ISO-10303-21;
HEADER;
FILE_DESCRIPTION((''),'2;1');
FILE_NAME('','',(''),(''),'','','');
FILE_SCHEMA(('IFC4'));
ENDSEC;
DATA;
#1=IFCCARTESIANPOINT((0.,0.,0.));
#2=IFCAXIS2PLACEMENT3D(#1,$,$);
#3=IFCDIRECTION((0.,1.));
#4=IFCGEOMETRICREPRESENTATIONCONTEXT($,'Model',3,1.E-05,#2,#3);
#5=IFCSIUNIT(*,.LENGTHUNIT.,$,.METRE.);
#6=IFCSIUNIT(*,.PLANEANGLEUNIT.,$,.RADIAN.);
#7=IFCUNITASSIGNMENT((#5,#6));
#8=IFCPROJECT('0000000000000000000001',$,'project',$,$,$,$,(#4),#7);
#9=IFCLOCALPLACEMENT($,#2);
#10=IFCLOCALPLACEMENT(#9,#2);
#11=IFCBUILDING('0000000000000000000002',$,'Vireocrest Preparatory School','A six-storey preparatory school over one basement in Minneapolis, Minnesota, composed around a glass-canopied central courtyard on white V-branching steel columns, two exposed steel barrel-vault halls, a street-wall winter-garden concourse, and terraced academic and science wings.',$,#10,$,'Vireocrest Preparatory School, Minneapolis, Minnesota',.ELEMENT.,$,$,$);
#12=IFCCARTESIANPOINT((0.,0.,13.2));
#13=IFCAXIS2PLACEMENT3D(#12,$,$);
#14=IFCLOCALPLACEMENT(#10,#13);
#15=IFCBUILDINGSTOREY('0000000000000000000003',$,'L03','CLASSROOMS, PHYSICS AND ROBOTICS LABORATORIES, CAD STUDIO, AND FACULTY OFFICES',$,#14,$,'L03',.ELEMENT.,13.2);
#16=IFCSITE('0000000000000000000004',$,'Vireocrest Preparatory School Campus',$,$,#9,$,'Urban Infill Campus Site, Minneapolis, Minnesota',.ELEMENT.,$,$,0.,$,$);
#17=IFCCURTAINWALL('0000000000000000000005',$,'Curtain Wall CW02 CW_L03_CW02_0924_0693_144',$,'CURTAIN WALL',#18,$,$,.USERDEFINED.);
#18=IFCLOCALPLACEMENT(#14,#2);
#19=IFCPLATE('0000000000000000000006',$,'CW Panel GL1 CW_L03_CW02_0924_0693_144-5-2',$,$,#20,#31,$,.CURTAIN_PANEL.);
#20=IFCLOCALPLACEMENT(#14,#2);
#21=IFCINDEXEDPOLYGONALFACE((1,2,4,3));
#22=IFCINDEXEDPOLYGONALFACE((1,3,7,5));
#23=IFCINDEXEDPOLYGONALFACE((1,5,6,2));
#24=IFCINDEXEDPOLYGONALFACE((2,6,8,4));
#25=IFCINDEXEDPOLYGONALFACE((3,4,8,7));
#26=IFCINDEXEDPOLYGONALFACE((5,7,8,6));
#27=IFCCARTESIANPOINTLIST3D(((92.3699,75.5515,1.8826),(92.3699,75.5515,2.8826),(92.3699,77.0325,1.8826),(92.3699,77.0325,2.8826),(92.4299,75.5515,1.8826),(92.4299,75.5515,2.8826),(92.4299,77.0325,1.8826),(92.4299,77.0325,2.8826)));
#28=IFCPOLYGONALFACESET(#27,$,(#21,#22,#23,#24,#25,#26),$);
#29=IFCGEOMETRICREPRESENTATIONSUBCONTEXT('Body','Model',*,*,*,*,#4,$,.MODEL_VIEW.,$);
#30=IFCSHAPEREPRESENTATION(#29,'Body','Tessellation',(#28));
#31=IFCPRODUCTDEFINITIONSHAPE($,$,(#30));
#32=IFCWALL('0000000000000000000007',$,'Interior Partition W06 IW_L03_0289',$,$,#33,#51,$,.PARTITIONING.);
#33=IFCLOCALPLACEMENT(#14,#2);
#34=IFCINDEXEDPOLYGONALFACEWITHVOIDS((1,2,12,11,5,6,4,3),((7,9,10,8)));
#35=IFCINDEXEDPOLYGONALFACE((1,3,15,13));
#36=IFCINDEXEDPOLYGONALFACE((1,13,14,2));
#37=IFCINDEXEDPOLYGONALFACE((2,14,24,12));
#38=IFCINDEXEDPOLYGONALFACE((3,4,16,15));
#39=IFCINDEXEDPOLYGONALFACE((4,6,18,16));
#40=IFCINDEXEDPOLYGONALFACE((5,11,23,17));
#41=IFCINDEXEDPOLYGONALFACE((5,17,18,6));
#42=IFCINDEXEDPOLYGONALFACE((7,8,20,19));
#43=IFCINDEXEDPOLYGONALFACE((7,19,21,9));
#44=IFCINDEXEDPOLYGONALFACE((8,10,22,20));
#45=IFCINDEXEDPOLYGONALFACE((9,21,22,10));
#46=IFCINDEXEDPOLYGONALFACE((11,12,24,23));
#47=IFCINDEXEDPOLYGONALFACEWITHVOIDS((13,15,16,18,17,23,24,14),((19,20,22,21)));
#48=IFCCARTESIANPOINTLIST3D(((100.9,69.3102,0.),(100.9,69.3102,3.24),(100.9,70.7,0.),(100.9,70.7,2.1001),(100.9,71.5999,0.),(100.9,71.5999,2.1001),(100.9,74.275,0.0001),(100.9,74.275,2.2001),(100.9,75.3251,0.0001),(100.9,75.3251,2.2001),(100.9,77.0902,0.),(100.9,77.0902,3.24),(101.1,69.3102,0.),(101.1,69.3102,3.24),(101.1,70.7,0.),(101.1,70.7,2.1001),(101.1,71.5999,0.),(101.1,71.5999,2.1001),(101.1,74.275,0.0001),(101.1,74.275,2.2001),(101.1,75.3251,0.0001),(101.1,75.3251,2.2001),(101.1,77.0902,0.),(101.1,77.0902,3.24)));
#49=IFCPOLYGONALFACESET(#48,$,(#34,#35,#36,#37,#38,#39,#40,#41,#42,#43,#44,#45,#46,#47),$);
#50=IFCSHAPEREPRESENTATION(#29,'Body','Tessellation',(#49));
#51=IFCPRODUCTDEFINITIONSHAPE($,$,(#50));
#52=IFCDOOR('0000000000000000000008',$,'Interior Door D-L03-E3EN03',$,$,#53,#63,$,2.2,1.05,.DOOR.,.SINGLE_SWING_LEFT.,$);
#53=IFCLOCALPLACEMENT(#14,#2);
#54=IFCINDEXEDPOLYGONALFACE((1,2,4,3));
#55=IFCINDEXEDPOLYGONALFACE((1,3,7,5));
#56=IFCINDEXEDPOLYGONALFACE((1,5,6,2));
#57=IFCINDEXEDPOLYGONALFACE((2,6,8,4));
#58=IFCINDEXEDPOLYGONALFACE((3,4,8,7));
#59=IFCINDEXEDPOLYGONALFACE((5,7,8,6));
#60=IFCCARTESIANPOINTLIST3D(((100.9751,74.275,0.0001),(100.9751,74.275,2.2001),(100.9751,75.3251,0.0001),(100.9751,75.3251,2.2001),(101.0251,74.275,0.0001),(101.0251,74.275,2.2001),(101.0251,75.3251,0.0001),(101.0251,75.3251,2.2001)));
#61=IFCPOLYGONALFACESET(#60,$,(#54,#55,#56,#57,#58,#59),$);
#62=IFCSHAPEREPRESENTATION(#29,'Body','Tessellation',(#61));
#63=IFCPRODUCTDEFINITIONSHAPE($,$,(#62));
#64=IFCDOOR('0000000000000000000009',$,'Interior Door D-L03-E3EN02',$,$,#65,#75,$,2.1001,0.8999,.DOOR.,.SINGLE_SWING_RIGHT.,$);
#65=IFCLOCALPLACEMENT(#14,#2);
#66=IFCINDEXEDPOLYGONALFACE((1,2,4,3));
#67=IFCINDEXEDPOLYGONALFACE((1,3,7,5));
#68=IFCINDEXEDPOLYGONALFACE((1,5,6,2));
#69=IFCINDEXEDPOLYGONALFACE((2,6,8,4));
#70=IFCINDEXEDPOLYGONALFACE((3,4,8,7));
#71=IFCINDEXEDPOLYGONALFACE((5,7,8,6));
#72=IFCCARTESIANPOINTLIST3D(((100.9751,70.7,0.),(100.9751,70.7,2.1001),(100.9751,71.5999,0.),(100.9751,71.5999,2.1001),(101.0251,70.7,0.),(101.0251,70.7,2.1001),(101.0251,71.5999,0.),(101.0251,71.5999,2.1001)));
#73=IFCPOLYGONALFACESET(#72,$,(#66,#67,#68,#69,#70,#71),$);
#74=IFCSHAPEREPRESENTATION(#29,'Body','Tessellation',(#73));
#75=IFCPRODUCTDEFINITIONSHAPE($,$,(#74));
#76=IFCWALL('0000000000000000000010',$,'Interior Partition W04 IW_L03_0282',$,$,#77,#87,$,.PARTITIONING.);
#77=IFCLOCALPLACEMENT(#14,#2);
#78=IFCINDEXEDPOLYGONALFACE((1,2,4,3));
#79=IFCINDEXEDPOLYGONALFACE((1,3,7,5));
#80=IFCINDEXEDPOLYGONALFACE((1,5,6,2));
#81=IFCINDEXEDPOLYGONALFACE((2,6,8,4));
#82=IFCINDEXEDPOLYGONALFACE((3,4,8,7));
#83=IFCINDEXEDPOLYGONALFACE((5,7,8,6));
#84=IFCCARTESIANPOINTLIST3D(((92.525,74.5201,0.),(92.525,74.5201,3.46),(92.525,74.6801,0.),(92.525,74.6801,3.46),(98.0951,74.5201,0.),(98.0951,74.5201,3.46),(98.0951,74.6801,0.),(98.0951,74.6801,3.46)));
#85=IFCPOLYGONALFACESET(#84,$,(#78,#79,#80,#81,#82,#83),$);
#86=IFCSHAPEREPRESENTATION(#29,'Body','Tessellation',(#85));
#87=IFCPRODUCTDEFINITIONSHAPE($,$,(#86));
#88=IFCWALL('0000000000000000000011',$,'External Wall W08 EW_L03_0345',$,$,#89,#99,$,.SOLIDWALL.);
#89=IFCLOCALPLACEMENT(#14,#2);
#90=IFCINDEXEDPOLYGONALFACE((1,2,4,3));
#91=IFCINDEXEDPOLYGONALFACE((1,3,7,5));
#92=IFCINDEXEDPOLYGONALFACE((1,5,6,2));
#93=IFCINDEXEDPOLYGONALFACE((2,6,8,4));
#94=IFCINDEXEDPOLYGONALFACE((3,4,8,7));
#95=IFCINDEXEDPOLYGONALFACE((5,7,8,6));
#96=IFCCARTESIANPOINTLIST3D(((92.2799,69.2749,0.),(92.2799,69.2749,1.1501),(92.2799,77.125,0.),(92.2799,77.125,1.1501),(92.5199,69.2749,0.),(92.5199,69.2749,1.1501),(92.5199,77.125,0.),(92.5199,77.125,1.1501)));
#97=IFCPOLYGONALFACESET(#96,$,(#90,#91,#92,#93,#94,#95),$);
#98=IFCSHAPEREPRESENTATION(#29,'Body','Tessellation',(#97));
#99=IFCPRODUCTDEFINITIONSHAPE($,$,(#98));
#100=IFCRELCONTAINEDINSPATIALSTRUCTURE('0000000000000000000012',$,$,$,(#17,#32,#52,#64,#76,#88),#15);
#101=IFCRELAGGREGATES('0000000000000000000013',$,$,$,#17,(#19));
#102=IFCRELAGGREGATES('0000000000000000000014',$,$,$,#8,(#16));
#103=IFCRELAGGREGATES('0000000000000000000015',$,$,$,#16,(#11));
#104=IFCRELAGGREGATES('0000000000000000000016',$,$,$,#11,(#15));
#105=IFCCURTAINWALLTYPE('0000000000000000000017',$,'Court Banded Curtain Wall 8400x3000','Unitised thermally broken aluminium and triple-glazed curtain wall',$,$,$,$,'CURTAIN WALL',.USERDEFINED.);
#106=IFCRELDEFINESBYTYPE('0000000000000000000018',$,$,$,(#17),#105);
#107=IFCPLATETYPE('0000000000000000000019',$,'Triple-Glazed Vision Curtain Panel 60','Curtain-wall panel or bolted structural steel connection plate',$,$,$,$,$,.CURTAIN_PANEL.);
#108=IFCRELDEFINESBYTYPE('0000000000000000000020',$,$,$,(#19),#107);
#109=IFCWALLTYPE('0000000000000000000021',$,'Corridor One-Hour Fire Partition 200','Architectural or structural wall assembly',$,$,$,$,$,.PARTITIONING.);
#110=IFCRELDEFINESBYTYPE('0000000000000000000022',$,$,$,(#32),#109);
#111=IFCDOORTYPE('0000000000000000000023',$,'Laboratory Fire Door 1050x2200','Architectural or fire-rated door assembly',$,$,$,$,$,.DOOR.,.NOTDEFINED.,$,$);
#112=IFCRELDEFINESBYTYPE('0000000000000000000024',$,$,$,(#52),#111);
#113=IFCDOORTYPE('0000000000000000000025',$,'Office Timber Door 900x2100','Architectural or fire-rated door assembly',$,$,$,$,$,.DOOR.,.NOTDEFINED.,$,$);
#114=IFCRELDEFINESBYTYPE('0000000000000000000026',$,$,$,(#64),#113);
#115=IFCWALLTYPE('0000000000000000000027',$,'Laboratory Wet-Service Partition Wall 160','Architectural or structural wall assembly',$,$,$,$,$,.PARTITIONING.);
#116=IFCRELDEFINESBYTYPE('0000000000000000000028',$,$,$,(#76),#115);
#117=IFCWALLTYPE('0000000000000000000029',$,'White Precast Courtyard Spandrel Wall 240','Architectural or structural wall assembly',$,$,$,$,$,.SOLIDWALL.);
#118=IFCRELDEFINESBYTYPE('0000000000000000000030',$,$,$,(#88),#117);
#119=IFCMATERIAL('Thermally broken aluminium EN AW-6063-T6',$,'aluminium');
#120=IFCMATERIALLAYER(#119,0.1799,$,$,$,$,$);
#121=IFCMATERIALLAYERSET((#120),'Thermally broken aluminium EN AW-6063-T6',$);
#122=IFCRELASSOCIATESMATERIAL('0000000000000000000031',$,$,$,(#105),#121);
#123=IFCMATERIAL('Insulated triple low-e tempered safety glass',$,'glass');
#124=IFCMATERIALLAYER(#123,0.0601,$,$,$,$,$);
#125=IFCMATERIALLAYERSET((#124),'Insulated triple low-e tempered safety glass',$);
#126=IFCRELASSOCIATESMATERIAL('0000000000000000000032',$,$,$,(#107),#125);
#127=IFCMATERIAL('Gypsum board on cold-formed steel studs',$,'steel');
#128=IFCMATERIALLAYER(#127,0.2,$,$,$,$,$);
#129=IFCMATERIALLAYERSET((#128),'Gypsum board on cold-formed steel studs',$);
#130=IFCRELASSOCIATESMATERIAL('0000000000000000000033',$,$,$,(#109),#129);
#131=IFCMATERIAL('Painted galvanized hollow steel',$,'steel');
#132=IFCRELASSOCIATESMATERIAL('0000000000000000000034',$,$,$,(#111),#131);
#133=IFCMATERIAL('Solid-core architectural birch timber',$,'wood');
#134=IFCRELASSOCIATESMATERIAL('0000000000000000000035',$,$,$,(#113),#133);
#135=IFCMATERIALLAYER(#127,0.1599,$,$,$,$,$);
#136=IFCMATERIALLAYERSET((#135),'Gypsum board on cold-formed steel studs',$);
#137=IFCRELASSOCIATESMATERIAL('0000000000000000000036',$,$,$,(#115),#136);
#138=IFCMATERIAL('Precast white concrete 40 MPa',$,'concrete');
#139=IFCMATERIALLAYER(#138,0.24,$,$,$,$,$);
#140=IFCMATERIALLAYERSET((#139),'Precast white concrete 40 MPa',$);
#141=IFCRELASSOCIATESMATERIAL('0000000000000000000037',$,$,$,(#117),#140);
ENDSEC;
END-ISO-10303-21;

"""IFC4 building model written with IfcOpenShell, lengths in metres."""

from ifc_helpers import new_model, si_unit, direction, frame, frame_2d, origin, origin_2d, place, context, subcontext, project, spatial, rectangle, extrude, material, layer, layer_set, type_object, element, fill, aggregate, save


model = new_model("IFC4")

# Units and contexts
model_context = context("Model", 3, precision=1e-05, world=origin(), true_north=direction((0.0, 1.0)))
body_context = subcontext(model_context, "Body", "Model", "MODEL_VIEW")
ifc_project = project(units=[si_unit("LENGTHUNIT", "METRE"), si_unit("PLANEANGLEUNIT", "RADIAN")], contexts=[model_context])

# Site, building, storey
site_placement = place(None, origin())
site = spatial("IfcSite", under=ifc_project, at=site_placement, Name="Vireocrest Preparatory School Campus", LongName="Urban Infill Campus Site, Minneapolis, Minnesota", CompositionType="ELEMENT", RefElevation=0.0)
building_placement = place(site_placement, origin())
building = spatial("IfcBuilding", under=site, at=building_placement, Name="Vireocrest Preparatory School", Description="A six-storey preparatory school over one basement in Minneapolis, Minnesota, composed around a glass-canopied central courtyard on white V-branching steel columns, two exposed steel barrel-vault halls, a street-wall winter-garden concourse, and terraced academic and science wings.", LongName="Vireocrest Preparatory School, Minneapolis, Minnesota", CompositionType="ELEMENT")
storey_placement = place(building_placement, frame((0.0, 0.0, 13.2)))
storey = spatial("IfcBuildingStorey", under=building, at=storey_placement, Name="L03", Description="CLASSROOMS, PHYSICS AND ROBOTICS LABORATORIES, CAD STUDIO, AND FACULTY OFFICES", LongName="L03", CompositionType="ELEMENT", Elevation=13.2)

# Curtain wall
ifc_material_1 = material(Name="Thermally broken aluminium EN AW-6063-T6", Category="aluminium")
ifc_layer_1 = layer(ifc_material_1, 0.1799)
ifc_layer_set_1 = layer_set([ifc_layer_1], Name="Thermally broken aluminium EN AW-6063-T6")
curtain_wall_type = type_object("IfcCurtainWallType", Name="Court Banded Curtain Wall 8400x3000", Description="Unitised thermally broken aluminium and triple-glazed curtain wall", ElementType="CURTAIN WALL", PredefinedType="USERDEFINED", material=ifc_layer_set_1)
curtain_wall_1_placement = place(storey_placement, origin())
curtain_wall_1 = element("IfcCurtainWall", 1, at=curtain_wall_1_placement, inside=storey, type_object=curtain_wall_type, Name="Curtain Wall CW02 CW_L03_CW02_0924_0693_144", ObjectType="CURTAIN WALL", PredefinedType="USERDEFINED")

# Plate
ifc_material_2 = material(Name="Insulated triple low-e tempered safety glass", Category="glass")
ifc_layer_2 = layer(ifc_material_2, 0.0601)
ifc_layer_set_2 = layer_set([ifc_layer_2], Name="Insulated triple low-e tempered safety glass")
plate_type = type_object("IfcPlateType", Name="Triple-Glazed Vision Curtain Panel 60", Description="Curtain-wall panel or bolted structural steel connection plate", PredefinedType="CURTAIN_PANEL", material=ifc_layer_set_2)
plate_1_placement = place(storey_placement, frame((92.3999, 76.292, 1.8826), z_axis=(0.0, 0.0, 1.0), x_axis=(0.0, 1.0, 0.0)))
plate_1 = element("IfcPlate", 2, at=plate_1_placement, type_object=plate_type, Name="CW Panel GL1 CW_L03_CW02_0924_0693_144-5-2", PredefinedType="CURTAIN_PANEL", context=body_context, shape_type="SweptSolid", body=[
    extrude(rectangle(XDim=1.481, YDim=0.0601, at=origin_2d()), origin(), (0.0, 0.0, 1.0), 1.0),
])
aggregate(curtain_wall_1, [plate_1])

# Wall, openings, doors
ifc_material_3 = material(Name="Gypsum board on cold-formed steel studs", Category="steel")
ifc_layer_3 = layer(ifc_material_3, 0.2)
ifc_layer_set_3 = layer_set([ifc_layer_3], Name="Gypsum board on cold-formed steel studs")
wall_type_1 = type_object("IfcWallType", Name="Corridor One-Hour Fire Partition 200", Description="Architectural or structural wall assembly", PredefinedType="PARTITIONING", material=ifc_layer_set_3)
wall_1_placement = place(storey_placement, frame((101.0, 69.3101, 0.0), z_axis=(0.0, 0.0, 1.0), x_axis=(0.0, 1.0, 0.0)))
wall_1 = element("IfcWall", 3, at=wall_1_placement, inside=storey, type_object=wall_type_1, Name="Interior Partition W06 IW_L03_0289", PredefinedType="PARTITIONING", context=body_context, shape_type="SweptSolid", body=[
    extrude(rectangle(XDim=7.78, YDim=0.2, at=frame_2d((3.8901, 0.0))), origin(), (0.0, 0.0, 1.0), 3.24),
])
opening_1_placement = place(wall_1_placement, frame((1.3899, 0.0, 0.0)))
opening_1 = element("IfcOpeningElement", 4, at=opening_1_placement, cuts=wall_1, PredefinedType="OPENING", context=body_context, shape_type="SweptSolid", body=[
    extrude(rectangle(XDim=0.8999, YDim=2.1001, at=frame_2d((0.45, 1.05))), frame((0.0, 0.1099, 0.0), z_axis=(0.0, -1.0, 0.0), x_axis=(1.0, 0.0, 0.0)), (0.0, 0.0, 1.0), 0.22),
])
opening_2_placement = place(wall_1_placement, frame((4.9651, 0.0, 0.0)))
opening_2 = element("IfcOpeningElement", 5, at=opening_2_placement, cuts=wall_1, PredefinedType="OPENING", context=body_context, shape_type="SweptSolid", body=[
    extrude(rectangle(XDim=1.05, YDim=2.2, at=frame_2d((0.5249, 1.1001))), frame((0.0, 0.1099, 0.0), z_axis=(0.0, -1.0, 0.0), x_axis=(1.0, 0.0, 0.0)), (0.0, 0.0, 1.0), 0.22),
])
ifc_material_4 = material(Name="Painted galvanized hollow steel", Category="steel")
door_type_1 = type_object("IfcDoorType", Name="Laboratory Fire Door 1050x2200", Description="Architectural or fire-rated door assembly", OperationType="NOTDEFINED", PredefinedType="DOOR", material=ifc_material_4)
door_1_placement = place(opening_2_placement, origin())
door_1 = element("IfcDoor", 6, at=door_1_placement, inside=storey, type_object=door_type_1, Name="Interior Door D-L03-E3EN03", OperationType="SINGLE_SWING_LEFT", OverallHeight=2.2, OverallWidth=1.05, PredefinedType="DOOR", context=body_context, shape_type="SweptSolid", body=[
    extrude(rectangle(XDim=1.05, YDim=2.2, at=frame_2d((0.5249, 1.1001))), frame((0.0, 0.0249, 0.0), z_axis=(0.0, -1.0, 0.0), x_axis=(1.0, 0.0, 0.0)), (0.0, 0.0, 1.0), 0.05),
])
fill(opening_2, door_1)
ifc_material_5 = material(Name="Solid-core architectural birch timber", Category="wood")
door_type_2 = type_object("IfcDoorType", Name="Office Timber Door 900x2100", Description="Architectural or fire-rated door assembly", OperationType="NOTDEFINED", PredefinedType="DOOR", material=ifc_material_5)
door_2_placement = place(opening_1_placement, origin())
door_2 = element("IfcDoor", 7, at=door_2_placement, inside=storey, type_object=door_type_2, Name="Interior Door D-L03-E3EN02", OperationType="SINGLE_SWING_RIGHT", OverallHeight=2.1001, OverallWidth=0.8999, PredefinedType="DOOR", context=body_context, shape_type="SweptSolid", body=[
    extrude(rectangle(XDim=0.8999, YDim=2.1001, at=frame_2d((0.45, 1.05))), frame((0.0, 0.0249, 0.0), z_axis=(0.0, -1.0, 0.0), x_axis=(1.0, 0.0, 0.0)), (0.0, 0.0, 1.0), 0.05),
])
fill(opening_1, door_2)

# Walls
ifc_layer_4 = layer(ifc_material_3, 0.1599)
ifc_layer_set_4 = layer_set([ifc_layer_4], Name="Gypsum board on cold-formed steel studs")
wall_type_2 = type_object("IfcWallType", Name="Laboratory Wet-Service Partition Wall 160", Description="Architectural or structural wall assembly", PredefinedType="PARTITIONING", material=ifc_layer_set_4)
wall_2_placement = place(storey_placement, frame((92.5249, 74.6001, 0.0), z_axis=(0.0, 0.0, 1.0), x_axis=(1.0, 0.0, 0.0)))
element("IfcWall", 8, at=wall_2_placement, inside=storey, type_object=wall_type_2, Name="Interior Partition W04 IW_L03_0282", PredefinedType="PARTITIONING", context=body_context, shape_type="SweptSolid", body=[
    extrude(rectangle(XDim=5.5701, YDim=0.1599, at=frame_2d((2.7852, 0.0))), origin(), (0.0, 0.0, 1.0), 3.46),
])
ifc_material_6 = material(Name="Precast white concrete 40 MPa", Category="concrete")
ifc_layer_5 = layer(ifc_material_6, 0.24)
ifc_layer_set_5 = layer_set([ifc_layer_5], Name="Precast white concrete 40 MPa")
wall_type_3 = type_object("IfcWallType", Name="White Precast Courtyard Spandrel Wall 240", Description="Architectural or structural wall assembly", PredefinedType="SOLIDWALL", material=ifc_layer_set_5)
wall_3_placement = place(storey_placement, frame((92.3999, 69.2749, 0.0), z_axis=(0.0, 0.0, 1.0), x_axis=(0.0, 1.0, 0.0)))
element("IfcWall", 9, at=wall_3_placement, inside=storey, type_object=wall_type_3, Name="External Wall W08 EW_L03_0345", PredefinedType="SOLIDWALL", context=body_context, shape_type="SweptSolid", body=[
    extrude(rectangle(XDim=7.8501, YDim=0.24, at=frame_2d((3.925, 0.0))), origin(), (0.0, 0.0, 1.0), 1.1501),
])

save(model, "model.ifc")
